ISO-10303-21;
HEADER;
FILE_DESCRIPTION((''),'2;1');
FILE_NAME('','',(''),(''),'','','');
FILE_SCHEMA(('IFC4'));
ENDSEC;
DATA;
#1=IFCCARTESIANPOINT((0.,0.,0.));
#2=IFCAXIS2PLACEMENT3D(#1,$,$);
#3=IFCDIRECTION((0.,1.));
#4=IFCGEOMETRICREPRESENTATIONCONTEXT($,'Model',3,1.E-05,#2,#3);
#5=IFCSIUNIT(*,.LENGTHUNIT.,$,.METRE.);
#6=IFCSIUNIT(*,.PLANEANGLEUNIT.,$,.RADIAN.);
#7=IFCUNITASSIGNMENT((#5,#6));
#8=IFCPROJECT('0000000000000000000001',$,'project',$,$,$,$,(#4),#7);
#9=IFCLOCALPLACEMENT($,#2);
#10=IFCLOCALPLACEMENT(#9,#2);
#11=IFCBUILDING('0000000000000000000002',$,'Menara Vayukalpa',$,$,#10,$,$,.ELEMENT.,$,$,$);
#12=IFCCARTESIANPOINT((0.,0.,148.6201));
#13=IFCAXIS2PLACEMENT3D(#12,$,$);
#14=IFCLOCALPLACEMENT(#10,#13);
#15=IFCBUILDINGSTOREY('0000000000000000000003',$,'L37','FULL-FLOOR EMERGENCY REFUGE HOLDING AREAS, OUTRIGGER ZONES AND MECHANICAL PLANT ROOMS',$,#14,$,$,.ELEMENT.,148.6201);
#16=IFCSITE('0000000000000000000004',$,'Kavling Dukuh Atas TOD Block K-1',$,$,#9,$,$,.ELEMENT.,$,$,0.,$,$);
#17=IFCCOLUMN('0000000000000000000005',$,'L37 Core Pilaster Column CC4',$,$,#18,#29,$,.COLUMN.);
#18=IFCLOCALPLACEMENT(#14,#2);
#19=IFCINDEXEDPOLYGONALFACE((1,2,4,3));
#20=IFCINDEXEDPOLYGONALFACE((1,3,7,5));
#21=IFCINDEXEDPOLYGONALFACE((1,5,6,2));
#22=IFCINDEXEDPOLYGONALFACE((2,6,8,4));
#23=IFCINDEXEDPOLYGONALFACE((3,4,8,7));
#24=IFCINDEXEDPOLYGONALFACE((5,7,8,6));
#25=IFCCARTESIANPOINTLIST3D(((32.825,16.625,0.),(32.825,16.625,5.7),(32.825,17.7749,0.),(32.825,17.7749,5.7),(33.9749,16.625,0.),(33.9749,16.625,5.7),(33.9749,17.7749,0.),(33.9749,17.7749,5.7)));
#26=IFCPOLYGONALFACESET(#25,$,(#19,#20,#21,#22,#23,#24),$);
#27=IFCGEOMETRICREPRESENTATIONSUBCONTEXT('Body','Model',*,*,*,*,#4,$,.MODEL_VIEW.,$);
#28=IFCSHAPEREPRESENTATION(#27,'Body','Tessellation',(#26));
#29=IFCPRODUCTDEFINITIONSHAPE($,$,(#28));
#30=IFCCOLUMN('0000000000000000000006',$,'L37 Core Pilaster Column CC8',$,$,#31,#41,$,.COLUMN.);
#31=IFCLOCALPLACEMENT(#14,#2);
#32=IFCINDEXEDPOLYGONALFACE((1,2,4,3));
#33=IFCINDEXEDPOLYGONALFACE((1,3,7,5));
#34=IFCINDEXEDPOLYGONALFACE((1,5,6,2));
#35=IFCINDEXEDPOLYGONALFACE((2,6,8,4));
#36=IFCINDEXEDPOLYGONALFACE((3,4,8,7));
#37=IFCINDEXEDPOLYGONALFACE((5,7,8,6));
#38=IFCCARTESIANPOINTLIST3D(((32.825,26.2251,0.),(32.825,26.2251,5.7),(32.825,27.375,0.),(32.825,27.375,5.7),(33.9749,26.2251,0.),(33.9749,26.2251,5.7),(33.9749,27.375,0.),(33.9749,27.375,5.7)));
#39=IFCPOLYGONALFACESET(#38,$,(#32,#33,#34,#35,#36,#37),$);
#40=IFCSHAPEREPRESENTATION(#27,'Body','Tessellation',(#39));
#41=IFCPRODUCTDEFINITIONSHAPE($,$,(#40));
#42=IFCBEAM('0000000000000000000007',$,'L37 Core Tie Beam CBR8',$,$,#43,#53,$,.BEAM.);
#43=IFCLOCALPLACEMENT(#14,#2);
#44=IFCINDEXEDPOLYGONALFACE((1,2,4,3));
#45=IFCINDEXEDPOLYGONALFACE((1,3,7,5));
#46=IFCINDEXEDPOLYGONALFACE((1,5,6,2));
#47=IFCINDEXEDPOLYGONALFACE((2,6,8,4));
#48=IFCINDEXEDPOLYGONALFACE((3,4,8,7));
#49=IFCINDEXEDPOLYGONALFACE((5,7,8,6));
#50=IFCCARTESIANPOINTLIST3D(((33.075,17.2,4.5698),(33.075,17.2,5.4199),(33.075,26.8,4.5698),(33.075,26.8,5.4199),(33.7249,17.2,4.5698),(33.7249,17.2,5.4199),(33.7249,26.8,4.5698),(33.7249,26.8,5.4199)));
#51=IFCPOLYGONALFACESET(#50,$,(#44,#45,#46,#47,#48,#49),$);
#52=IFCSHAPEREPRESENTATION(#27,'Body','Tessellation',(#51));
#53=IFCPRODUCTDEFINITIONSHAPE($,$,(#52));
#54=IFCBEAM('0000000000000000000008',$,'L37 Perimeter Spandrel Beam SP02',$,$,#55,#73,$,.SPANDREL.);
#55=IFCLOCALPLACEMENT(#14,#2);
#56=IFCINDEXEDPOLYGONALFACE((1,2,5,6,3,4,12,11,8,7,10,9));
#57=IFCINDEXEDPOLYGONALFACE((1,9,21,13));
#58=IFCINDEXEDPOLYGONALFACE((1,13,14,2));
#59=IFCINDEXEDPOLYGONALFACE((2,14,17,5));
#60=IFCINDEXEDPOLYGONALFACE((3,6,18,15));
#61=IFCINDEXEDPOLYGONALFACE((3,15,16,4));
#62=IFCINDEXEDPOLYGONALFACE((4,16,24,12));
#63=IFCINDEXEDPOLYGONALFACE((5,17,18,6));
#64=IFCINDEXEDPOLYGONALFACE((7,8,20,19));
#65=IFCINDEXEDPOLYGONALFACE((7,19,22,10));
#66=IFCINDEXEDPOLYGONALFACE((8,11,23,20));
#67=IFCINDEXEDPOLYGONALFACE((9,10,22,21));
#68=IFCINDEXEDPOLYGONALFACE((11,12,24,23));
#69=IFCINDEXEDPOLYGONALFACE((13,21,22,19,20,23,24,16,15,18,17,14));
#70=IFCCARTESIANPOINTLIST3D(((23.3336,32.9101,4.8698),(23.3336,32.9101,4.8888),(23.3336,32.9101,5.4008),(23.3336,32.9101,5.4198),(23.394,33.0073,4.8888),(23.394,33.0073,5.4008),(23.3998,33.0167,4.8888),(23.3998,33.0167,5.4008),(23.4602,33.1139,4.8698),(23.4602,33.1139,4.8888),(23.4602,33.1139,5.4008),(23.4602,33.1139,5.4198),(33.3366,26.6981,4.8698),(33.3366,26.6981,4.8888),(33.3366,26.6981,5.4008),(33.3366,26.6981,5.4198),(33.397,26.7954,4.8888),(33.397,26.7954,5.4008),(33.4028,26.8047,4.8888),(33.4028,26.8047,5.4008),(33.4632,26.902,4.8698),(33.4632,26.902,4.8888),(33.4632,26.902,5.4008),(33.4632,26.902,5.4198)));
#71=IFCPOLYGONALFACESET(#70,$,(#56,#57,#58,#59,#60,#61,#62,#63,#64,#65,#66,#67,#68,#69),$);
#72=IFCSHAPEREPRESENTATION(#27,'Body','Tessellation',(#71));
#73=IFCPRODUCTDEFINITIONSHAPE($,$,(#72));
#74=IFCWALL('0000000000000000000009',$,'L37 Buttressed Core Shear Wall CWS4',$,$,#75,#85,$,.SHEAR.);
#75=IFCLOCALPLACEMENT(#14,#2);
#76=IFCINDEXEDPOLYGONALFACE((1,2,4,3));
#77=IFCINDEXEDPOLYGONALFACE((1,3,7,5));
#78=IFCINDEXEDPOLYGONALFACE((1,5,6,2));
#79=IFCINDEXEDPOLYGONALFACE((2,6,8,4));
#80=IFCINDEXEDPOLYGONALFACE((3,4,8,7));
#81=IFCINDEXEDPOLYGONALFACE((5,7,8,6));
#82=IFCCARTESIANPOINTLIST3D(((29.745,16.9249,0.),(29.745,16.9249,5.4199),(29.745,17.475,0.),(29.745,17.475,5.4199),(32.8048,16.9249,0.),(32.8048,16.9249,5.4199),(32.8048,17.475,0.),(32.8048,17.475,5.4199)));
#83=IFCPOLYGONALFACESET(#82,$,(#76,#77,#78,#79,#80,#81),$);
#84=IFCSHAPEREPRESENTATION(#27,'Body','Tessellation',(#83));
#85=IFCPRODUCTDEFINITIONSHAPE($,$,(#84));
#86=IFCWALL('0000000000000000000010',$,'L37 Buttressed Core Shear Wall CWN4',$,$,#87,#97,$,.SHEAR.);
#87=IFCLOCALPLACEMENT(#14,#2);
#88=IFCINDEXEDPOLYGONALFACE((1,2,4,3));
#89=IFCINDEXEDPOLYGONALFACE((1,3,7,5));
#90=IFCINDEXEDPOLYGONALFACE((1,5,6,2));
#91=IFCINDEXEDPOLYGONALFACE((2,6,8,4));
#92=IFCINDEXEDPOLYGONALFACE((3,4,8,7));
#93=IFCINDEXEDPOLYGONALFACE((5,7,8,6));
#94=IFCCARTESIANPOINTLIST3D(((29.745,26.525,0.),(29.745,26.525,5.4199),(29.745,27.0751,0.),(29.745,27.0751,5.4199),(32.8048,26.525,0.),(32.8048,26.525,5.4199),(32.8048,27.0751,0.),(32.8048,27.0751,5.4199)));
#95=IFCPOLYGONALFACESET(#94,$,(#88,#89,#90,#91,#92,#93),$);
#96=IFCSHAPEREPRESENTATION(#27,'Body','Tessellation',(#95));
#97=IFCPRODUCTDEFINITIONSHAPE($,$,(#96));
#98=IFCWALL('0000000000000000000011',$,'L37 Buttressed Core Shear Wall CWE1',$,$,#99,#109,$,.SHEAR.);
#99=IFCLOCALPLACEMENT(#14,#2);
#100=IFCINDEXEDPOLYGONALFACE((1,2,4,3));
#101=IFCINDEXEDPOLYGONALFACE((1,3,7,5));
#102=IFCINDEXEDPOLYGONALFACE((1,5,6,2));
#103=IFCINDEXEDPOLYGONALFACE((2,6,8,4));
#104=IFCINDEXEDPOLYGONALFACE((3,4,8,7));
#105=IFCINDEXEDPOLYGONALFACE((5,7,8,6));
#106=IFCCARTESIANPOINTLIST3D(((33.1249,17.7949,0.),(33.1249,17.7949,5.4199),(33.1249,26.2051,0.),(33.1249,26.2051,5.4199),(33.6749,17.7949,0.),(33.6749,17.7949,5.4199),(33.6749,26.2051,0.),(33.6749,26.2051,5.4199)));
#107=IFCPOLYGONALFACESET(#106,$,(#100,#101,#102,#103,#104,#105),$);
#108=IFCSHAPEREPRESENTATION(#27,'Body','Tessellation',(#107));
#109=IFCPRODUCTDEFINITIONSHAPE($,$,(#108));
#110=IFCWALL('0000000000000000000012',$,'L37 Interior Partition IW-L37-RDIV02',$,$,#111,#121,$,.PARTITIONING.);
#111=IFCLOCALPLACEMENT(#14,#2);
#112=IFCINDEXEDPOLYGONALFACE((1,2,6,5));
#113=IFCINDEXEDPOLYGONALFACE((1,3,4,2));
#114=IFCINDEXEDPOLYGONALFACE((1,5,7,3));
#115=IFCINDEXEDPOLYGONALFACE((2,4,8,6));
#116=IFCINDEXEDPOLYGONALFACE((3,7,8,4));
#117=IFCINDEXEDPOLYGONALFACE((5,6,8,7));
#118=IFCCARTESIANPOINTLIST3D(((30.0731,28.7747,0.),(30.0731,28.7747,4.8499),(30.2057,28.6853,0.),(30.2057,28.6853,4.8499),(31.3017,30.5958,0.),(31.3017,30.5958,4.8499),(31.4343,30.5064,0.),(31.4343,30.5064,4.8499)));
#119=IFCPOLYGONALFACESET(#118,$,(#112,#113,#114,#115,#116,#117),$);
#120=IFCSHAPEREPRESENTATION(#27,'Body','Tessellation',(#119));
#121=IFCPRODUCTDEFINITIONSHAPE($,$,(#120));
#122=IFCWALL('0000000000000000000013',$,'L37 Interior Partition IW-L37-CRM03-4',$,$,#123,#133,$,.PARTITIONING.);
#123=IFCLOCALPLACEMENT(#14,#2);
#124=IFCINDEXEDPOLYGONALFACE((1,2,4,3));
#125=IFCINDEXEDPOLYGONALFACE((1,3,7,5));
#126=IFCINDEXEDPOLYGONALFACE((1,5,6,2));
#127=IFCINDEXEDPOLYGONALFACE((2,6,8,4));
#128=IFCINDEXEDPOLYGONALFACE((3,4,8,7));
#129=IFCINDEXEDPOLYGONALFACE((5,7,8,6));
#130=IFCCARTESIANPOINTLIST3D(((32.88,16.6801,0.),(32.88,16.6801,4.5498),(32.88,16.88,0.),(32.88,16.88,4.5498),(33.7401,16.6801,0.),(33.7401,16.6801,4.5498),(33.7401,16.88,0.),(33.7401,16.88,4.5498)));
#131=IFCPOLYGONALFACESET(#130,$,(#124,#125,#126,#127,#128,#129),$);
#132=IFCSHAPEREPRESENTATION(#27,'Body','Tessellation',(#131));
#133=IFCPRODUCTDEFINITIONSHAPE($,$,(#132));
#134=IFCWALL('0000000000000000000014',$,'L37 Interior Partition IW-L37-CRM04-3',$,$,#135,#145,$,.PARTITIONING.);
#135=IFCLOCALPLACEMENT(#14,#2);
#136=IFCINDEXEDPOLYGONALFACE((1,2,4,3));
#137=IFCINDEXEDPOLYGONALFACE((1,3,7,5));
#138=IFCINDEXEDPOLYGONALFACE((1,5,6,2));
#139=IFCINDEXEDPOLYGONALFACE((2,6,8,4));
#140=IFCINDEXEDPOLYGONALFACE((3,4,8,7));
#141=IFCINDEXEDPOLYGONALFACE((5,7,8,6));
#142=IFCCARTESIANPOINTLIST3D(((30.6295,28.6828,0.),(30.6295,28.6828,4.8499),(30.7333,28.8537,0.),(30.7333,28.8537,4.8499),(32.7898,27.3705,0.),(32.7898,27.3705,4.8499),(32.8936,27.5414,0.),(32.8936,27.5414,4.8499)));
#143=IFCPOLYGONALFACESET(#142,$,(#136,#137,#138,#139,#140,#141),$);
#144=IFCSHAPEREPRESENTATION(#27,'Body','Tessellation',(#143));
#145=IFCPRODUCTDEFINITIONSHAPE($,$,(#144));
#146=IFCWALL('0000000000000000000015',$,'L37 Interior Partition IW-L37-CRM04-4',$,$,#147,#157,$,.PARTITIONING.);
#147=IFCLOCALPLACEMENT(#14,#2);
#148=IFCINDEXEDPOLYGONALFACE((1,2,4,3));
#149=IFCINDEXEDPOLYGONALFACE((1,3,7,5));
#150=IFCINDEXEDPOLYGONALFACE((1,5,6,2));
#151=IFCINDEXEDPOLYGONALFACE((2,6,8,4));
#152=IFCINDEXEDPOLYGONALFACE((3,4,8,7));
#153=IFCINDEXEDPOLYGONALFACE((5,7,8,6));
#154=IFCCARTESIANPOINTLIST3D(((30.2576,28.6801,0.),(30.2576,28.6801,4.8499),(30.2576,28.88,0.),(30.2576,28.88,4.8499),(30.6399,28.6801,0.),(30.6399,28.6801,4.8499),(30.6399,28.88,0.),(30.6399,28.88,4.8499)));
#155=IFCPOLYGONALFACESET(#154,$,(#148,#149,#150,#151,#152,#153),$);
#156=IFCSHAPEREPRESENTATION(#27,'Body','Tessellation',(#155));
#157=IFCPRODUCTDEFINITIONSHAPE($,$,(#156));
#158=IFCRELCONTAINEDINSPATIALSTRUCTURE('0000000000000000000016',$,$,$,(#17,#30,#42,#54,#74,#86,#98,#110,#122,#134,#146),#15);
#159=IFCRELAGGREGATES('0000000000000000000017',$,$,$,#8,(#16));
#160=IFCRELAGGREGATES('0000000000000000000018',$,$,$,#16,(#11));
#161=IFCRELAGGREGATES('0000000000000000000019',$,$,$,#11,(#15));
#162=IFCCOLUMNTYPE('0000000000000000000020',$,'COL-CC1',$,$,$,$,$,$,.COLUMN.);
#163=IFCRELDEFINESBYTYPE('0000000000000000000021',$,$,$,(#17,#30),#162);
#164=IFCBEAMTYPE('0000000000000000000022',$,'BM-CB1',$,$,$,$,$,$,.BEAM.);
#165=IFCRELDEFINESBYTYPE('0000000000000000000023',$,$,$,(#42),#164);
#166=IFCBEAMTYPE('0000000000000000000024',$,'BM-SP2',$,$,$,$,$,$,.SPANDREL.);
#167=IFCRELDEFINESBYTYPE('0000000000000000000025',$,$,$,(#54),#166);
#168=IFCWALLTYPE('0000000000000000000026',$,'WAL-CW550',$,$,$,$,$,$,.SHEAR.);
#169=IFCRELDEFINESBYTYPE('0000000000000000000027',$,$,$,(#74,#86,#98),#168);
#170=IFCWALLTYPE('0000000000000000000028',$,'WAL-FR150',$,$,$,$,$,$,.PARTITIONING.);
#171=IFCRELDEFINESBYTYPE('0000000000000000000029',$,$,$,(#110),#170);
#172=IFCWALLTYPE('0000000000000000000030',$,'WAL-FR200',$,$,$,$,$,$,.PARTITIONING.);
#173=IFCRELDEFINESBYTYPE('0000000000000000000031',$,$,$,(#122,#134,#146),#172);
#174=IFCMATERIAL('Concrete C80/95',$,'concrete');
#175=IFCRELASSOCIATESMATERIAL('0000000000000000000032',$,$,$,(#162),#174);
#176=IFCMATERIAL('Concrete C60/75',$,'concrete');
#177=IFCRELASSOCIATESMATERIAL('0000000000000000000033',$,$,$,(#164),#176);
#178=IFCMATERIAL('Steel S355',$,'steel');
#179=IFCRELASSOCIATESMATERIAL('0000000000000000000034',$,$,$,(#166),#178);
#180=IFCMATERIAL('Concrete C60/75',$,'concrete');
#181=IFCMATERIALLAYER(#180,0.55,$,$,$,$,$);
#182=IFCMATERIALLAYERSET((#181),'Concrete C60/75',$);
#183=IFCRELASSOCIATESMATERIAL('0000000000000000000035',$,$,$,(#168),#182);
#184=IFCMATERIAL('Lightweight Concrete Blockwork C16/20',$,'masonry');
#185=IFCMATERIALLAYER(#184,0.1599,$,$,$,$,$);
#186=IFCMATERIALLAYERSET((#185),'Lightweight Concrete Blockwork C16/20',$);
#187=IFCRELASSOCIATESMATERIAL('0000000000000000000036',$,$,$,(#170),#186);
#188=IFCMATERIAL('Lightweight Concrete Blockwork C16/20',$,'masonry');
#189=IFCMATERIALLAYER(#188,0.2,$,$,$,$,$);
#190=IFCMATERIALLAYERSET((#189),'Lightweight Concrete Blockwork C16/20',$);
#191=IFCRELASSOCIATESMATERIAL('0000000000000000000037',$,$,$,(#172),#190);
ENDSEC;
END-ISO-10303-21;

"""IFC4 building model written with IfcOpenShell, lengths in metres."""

from ifc_helpers import new_model, si_unit, direction, frame, frame_2d, origin, origin_2d, place, context, subcontext, project, spatial, rectangle, i_section, extrude, material, layer, layer_set, material_profile, profile_set, type_object, element, save


model = new_model("IFC4")

# Units and contexts
model_context = context("Model", 3, precision=1e-05, world=origin(), true_north=direction((0.0, 1.0)))
body_context = subcontext(model_context, "Body", "Model", "MODEL_VIEW")
ifc_project = project(units=[si_unit("LENGTHUNIT", "METRE"), si_unit("PLANEANGLEUNIT", "RADIAN")], contexts=[model_context])

# Site, building, storey
site_placement = place(None, origin())
site = spatial("IfcSite", under=ifc_project, at=site_placement, Name="Kavling Dukuh Atas TOD Block K-1", CompositionType="ELEMENT", RefElevation=0.0)
building_placement = place(site_placement, origin())
building = spatial("IfcBuilding", under=site, at=building_placement, Name="Menara Vayukalpa", CompositionType="ELEMENT")
storey_placement = place(building_placement, frame((0.0, 0.0, 148.6201)))
storey = spatial("IfcBuildingStorey", under=building, at=storey_placement, Name="L37", Description="FULL-FLOOR EMERGENCY REFUGE HOLDING AREAS, OUTRIGGER ZONES AND MECHANICAL PLANT ROOMS", CompositionType="ELEMENT", Elevation=148.6201)

# Columns
ifc_material_1 = material(Name="Concrete C80/95", Category="concrete")
ifc_material_profile_1 = material_profile(ifc_material_1, rectangle(XDim=1.1499, YDim=1.1499, at=origin_2d()), Name="RC 1150x1150")
ifc_profile_set_1 = profile_set([ifc_material_profile_1], Name="Concrete C80/95")
column_type = type_object("IfcColumnType", Name="COL-CC1", PredefinedType="COLUMN", material=ifc_profile_set_1)
for number, where, z_axis, x_axis, name in (
    (1, (33.3999, 17.2, 0.0), (0.0, 0.0, 1.0), (1.0, 0.0, 0.0), "L37 Core Pilaster Column CC4"),
    (2, (33.3999, 26.8, 0.0), (0.0, 0.0, 1.0), (1.0, 0.0, 0.0), "L37 Core Pilaster Column CC8"),
):
    element("IfcColumn", number, at=place(storey_placement, frame(where, z_axis=z_axis, x_axis=x_axis)), inside=storey, type_object=column_type, Name=name, PredefinedType="COLUMN", context=body_context, shape_type="SweptSolid", body=[
        extrude(rectangle(XDim=1.1499, YDim=1.1499, at=origin_2d()), origin(), (0.0, 0.0, 1.0), 5.7),
    ])

# Beams
ifc_material_2 = material(Name="Concrete C60/75", Category="concrete")
ifc_material_profile_2 = material_profile(ifc_material_2, rectangle(XDim=0.6499, YDim=0.8501, at=origin_2d()), Name="RC 650x850")
ifc_profile_set_2 = profile_set([ifc_material_profile_2], Name="Concrete C60/75")
beam_type_1 = type_object("IfcBeamType", Name="BM-CB1", PredefinedType="BEAM", material=ifc_profile_set_2)
beam_1_placement = place(storey_placement, frame((33.3999, 17.2, 4.9949), z_axis=(0.0, 1.0, 0.0), x_axis=(-1.0, 0.0, 0.0)))
element("IfcBeam", 3, at=beam_1_placement, inside=storey, type_object=beam_type_1, Name="L37 Core Tie Beam CBR8", PredefinedType="BEAM", context=body_context, shape_type="SweptSolid", body=[
    extrude(rectangle(XDim=0.6499, YDim=0.8501, at=origin_2d()), origin(), (0.0, 0.0, 1.0), 9.6001),
])
ifc_material_3 = material(Name="Steel S355", Category="steel")
ifc_material_profile_3 = material_profile(ifc_material_3, i_section(OverallWidth=0.24, OverallDepth=0.55, WebThickness=0.011, FlangeThickness=0.019, at=origin_2d()), Name="WF 550x240x11x19")
ifc_profile_set_3 = profile_set([ifc_material_profile_3], Name="Steel S355")
beam_type_2 = type_object("IfcBeamType", Name="BM-SP2", PredefinedType="SPANDREL", material=ifc_profile_set_3)
beam_2_placement = place(storey_placement, frame((33.3999, 26.8, 5.1448), z_axis=(-0.849518, 0.527559, 0.0), x_axis=(-0.527559, -0.849518, 0.0)))
element("IfcBeam", 4, at=beam_2_placement, inside=storey, type_object=beam_type_2, Name="L37 Perimeter Spandrel Beam SP02", PredefinedType="SPANDREL", context=body_context, shape_type="SweptSolid", body=[
    extrude(i_section(OverallWidth=0.24, OverallDepth=0.55, WebThickness=0.011, FlangeThickness=0.019, at=origin_2d()), origin(), (0.0, 0.0, 1.0), 11.7749),
])

# Walls
ifc_material_4 = material(Name="Concrete C60/75", Category="concrete")
ifc_layer_1 = layer(ifc_material_4, 0.55)
ifc_layer_set_1 = layer_set([ifc_layer_1], Name="Concrete C60/75")
wall_type_1 = type_object("IfcWallType", Name="WAL-CW550", PredefinedType="SHEAR", material=ifc_layer_set_1)
for number, where, z_axis, x_axis, name in (
    (5, (29.7451, 17.2, 0.0), (0.0, 0.0, 1.0), (1.0, 0.0, 0.0), "L37 Buttressed Core Shear Wall CWS4"),
    (6, (29.7451, 26.8, 0.0), (0.0, 0.0, 1.0), (1.0, 0.0, 0.0), "L37 Buttressed Core Shear Wall CWN4"),
):
    element("IfcWall", number, at=place(storey_placement, frame(where, z_axis=z_axis, x_axis=x_axis)), inside=storey, type_object=wall_type_1, Name=name, PredefinedType="SHEAR", context=body_context, shape_type="SweptSolid", body=[
        extrude(rectangle(XDim=3.0598, YDim=0.55, at=frame_2d((1.5298, 0.0))), origin(), (0.0, 0.0, 1.0), 5.4199),
    ])
wall_1_placement = place(storey_placement, frame((33.3999, 17.7949, 0.0), z_axis=(0.0, 0.0, 1.0), x_axis=(0.0, 1.0, 0.0)))
element("IfcWall", 7, at=wall_1_placement, inside=storey, type_object=wall_type_1, Name="L37 Buttressed Core Shear Wall CWE1", PredefinedType="SHEAR", context=body_context, shape_type="SweptSolid", body=[
    extrude(rectangle(XDim=8.4102, YDim=0.55, at=frame_2d((4.2051, 0.0))), origin(), (0.0, 0.0, 1.0), 5.4199),
])
ifc_material_5 = material(Name="Lightweight Concrete Blockwork C16/20", Category="masonry")
ifc_layer_2 = layer(ifc_material_5, 0.1599)
ifc_layer_set_2 = layer_set([ifc_layer_2], Name="Lightweight Concrete Blockwork C16/20")
wall_type_2 = type_object("IfcWallType", Name="WAL-FR150", PredefinedType="PARTITIONING", material=ifc_layer_set_2)
wall_2_placement = place(storey_placement, frame((30.1394, 28.73, 0.0), z_axis=(0.0, 0.0, 1.0), x_axis=(0.559257, 0.828994, 0.0)))
element("IfcWall", 8, at=wall_2_placement, inside=storey, type_object=wall_type_2, Name="L37 Interior Partition IW-L37-RDIV02", PredefinedType="PARTITIONING", context=body_context, shape_type="SweptSolid", body=[
    extrude(rectangle(XDim=2.1968, YDim=0.1599, at=frame_2d((1.0984, 0.0))), origin(), (0.0, 0.0, 1.0), 4.8499),
])
ifc_material_6 = material(Name="Lightweight Concrete Blockwork C16/20", Category="masonry")
ifc_layer_3 = layer(ifc_material_6, 0.2)
ifc_layer_set_3 = layer_set([ifc_layer_3], Name="Lightweight Concrete Blockwork C16/20")
wall_type_3 = type_object("IfcWallType", Name="WAL-FR200", PredefinedType="PARTITIONING", material=ifc_layer_set_3)
wall_3_placement = place(storey_placement, frame((32.8799, 16.78, 0.0), z_axis=(0.0, 0.0, 1.0), x_axis=(1.0, 0.0, 0.0)))
element("IfcWall", 9, at=wall_3_placement, inside=storey, type_object=wall_type_3, Name="L37 Interior Partition IW-L37-CRM03-4", PredefinedType="PARTITIONING", context=body_context, shape_type="SweptSolid", body=[
    extrude(rectangle(XDim=0.8601, YDim=0.2, at=frame_2d((0.4302, 0.0))), origin(), (0.0, 0.0, 1.0), 4.5498),
])
wall_4_placement = place(storey_placement, frame((32.8416, 27.4561, 0.0), z_axis=(0.0, 0.0, 1.0), x_axis=(-0.854659, 0.51919, 0.0)))
element("IfcWall", 10, at=wall_4_placement, inside=storey, type_object=wall_type_3, Name="L37 Interior Partition IW-L37-CRM04-3", PredefinedType="PARTITIONING", context=body_context, shape_type="SweptSolid", body=[
    extrude(rectangle(XDim=2.5276, YDim=0.2, at=frame_2d((1.2637, 0.0))), origin(), (0.0, 0.0, 1.0), 4.8499),
])
wall_5_placement = place(storey_placement, frame((30.6399, 28.78, 0.0), z_axis=(0.0, 0.0, 1.0), x_axis=(-1.0, 0.0, 0.0)))
element("IfcWall", 11, at=wall_5_placement, inside=storey, type_object=wall_type_3, Name="L37 Interior Partition IW-L37-CRM04-4", PredefinedType="PARTITIONING", context=body_context, shape_type="SweptSolid", body=[
    extrude(rectangle(XDim=0.3823, YDim=0.2, at=frame_2d((0.1912, 0.0))), origin(), (0.0, 0.0, 1.0), 4.8499),
])

save(model, "model.ifc")
